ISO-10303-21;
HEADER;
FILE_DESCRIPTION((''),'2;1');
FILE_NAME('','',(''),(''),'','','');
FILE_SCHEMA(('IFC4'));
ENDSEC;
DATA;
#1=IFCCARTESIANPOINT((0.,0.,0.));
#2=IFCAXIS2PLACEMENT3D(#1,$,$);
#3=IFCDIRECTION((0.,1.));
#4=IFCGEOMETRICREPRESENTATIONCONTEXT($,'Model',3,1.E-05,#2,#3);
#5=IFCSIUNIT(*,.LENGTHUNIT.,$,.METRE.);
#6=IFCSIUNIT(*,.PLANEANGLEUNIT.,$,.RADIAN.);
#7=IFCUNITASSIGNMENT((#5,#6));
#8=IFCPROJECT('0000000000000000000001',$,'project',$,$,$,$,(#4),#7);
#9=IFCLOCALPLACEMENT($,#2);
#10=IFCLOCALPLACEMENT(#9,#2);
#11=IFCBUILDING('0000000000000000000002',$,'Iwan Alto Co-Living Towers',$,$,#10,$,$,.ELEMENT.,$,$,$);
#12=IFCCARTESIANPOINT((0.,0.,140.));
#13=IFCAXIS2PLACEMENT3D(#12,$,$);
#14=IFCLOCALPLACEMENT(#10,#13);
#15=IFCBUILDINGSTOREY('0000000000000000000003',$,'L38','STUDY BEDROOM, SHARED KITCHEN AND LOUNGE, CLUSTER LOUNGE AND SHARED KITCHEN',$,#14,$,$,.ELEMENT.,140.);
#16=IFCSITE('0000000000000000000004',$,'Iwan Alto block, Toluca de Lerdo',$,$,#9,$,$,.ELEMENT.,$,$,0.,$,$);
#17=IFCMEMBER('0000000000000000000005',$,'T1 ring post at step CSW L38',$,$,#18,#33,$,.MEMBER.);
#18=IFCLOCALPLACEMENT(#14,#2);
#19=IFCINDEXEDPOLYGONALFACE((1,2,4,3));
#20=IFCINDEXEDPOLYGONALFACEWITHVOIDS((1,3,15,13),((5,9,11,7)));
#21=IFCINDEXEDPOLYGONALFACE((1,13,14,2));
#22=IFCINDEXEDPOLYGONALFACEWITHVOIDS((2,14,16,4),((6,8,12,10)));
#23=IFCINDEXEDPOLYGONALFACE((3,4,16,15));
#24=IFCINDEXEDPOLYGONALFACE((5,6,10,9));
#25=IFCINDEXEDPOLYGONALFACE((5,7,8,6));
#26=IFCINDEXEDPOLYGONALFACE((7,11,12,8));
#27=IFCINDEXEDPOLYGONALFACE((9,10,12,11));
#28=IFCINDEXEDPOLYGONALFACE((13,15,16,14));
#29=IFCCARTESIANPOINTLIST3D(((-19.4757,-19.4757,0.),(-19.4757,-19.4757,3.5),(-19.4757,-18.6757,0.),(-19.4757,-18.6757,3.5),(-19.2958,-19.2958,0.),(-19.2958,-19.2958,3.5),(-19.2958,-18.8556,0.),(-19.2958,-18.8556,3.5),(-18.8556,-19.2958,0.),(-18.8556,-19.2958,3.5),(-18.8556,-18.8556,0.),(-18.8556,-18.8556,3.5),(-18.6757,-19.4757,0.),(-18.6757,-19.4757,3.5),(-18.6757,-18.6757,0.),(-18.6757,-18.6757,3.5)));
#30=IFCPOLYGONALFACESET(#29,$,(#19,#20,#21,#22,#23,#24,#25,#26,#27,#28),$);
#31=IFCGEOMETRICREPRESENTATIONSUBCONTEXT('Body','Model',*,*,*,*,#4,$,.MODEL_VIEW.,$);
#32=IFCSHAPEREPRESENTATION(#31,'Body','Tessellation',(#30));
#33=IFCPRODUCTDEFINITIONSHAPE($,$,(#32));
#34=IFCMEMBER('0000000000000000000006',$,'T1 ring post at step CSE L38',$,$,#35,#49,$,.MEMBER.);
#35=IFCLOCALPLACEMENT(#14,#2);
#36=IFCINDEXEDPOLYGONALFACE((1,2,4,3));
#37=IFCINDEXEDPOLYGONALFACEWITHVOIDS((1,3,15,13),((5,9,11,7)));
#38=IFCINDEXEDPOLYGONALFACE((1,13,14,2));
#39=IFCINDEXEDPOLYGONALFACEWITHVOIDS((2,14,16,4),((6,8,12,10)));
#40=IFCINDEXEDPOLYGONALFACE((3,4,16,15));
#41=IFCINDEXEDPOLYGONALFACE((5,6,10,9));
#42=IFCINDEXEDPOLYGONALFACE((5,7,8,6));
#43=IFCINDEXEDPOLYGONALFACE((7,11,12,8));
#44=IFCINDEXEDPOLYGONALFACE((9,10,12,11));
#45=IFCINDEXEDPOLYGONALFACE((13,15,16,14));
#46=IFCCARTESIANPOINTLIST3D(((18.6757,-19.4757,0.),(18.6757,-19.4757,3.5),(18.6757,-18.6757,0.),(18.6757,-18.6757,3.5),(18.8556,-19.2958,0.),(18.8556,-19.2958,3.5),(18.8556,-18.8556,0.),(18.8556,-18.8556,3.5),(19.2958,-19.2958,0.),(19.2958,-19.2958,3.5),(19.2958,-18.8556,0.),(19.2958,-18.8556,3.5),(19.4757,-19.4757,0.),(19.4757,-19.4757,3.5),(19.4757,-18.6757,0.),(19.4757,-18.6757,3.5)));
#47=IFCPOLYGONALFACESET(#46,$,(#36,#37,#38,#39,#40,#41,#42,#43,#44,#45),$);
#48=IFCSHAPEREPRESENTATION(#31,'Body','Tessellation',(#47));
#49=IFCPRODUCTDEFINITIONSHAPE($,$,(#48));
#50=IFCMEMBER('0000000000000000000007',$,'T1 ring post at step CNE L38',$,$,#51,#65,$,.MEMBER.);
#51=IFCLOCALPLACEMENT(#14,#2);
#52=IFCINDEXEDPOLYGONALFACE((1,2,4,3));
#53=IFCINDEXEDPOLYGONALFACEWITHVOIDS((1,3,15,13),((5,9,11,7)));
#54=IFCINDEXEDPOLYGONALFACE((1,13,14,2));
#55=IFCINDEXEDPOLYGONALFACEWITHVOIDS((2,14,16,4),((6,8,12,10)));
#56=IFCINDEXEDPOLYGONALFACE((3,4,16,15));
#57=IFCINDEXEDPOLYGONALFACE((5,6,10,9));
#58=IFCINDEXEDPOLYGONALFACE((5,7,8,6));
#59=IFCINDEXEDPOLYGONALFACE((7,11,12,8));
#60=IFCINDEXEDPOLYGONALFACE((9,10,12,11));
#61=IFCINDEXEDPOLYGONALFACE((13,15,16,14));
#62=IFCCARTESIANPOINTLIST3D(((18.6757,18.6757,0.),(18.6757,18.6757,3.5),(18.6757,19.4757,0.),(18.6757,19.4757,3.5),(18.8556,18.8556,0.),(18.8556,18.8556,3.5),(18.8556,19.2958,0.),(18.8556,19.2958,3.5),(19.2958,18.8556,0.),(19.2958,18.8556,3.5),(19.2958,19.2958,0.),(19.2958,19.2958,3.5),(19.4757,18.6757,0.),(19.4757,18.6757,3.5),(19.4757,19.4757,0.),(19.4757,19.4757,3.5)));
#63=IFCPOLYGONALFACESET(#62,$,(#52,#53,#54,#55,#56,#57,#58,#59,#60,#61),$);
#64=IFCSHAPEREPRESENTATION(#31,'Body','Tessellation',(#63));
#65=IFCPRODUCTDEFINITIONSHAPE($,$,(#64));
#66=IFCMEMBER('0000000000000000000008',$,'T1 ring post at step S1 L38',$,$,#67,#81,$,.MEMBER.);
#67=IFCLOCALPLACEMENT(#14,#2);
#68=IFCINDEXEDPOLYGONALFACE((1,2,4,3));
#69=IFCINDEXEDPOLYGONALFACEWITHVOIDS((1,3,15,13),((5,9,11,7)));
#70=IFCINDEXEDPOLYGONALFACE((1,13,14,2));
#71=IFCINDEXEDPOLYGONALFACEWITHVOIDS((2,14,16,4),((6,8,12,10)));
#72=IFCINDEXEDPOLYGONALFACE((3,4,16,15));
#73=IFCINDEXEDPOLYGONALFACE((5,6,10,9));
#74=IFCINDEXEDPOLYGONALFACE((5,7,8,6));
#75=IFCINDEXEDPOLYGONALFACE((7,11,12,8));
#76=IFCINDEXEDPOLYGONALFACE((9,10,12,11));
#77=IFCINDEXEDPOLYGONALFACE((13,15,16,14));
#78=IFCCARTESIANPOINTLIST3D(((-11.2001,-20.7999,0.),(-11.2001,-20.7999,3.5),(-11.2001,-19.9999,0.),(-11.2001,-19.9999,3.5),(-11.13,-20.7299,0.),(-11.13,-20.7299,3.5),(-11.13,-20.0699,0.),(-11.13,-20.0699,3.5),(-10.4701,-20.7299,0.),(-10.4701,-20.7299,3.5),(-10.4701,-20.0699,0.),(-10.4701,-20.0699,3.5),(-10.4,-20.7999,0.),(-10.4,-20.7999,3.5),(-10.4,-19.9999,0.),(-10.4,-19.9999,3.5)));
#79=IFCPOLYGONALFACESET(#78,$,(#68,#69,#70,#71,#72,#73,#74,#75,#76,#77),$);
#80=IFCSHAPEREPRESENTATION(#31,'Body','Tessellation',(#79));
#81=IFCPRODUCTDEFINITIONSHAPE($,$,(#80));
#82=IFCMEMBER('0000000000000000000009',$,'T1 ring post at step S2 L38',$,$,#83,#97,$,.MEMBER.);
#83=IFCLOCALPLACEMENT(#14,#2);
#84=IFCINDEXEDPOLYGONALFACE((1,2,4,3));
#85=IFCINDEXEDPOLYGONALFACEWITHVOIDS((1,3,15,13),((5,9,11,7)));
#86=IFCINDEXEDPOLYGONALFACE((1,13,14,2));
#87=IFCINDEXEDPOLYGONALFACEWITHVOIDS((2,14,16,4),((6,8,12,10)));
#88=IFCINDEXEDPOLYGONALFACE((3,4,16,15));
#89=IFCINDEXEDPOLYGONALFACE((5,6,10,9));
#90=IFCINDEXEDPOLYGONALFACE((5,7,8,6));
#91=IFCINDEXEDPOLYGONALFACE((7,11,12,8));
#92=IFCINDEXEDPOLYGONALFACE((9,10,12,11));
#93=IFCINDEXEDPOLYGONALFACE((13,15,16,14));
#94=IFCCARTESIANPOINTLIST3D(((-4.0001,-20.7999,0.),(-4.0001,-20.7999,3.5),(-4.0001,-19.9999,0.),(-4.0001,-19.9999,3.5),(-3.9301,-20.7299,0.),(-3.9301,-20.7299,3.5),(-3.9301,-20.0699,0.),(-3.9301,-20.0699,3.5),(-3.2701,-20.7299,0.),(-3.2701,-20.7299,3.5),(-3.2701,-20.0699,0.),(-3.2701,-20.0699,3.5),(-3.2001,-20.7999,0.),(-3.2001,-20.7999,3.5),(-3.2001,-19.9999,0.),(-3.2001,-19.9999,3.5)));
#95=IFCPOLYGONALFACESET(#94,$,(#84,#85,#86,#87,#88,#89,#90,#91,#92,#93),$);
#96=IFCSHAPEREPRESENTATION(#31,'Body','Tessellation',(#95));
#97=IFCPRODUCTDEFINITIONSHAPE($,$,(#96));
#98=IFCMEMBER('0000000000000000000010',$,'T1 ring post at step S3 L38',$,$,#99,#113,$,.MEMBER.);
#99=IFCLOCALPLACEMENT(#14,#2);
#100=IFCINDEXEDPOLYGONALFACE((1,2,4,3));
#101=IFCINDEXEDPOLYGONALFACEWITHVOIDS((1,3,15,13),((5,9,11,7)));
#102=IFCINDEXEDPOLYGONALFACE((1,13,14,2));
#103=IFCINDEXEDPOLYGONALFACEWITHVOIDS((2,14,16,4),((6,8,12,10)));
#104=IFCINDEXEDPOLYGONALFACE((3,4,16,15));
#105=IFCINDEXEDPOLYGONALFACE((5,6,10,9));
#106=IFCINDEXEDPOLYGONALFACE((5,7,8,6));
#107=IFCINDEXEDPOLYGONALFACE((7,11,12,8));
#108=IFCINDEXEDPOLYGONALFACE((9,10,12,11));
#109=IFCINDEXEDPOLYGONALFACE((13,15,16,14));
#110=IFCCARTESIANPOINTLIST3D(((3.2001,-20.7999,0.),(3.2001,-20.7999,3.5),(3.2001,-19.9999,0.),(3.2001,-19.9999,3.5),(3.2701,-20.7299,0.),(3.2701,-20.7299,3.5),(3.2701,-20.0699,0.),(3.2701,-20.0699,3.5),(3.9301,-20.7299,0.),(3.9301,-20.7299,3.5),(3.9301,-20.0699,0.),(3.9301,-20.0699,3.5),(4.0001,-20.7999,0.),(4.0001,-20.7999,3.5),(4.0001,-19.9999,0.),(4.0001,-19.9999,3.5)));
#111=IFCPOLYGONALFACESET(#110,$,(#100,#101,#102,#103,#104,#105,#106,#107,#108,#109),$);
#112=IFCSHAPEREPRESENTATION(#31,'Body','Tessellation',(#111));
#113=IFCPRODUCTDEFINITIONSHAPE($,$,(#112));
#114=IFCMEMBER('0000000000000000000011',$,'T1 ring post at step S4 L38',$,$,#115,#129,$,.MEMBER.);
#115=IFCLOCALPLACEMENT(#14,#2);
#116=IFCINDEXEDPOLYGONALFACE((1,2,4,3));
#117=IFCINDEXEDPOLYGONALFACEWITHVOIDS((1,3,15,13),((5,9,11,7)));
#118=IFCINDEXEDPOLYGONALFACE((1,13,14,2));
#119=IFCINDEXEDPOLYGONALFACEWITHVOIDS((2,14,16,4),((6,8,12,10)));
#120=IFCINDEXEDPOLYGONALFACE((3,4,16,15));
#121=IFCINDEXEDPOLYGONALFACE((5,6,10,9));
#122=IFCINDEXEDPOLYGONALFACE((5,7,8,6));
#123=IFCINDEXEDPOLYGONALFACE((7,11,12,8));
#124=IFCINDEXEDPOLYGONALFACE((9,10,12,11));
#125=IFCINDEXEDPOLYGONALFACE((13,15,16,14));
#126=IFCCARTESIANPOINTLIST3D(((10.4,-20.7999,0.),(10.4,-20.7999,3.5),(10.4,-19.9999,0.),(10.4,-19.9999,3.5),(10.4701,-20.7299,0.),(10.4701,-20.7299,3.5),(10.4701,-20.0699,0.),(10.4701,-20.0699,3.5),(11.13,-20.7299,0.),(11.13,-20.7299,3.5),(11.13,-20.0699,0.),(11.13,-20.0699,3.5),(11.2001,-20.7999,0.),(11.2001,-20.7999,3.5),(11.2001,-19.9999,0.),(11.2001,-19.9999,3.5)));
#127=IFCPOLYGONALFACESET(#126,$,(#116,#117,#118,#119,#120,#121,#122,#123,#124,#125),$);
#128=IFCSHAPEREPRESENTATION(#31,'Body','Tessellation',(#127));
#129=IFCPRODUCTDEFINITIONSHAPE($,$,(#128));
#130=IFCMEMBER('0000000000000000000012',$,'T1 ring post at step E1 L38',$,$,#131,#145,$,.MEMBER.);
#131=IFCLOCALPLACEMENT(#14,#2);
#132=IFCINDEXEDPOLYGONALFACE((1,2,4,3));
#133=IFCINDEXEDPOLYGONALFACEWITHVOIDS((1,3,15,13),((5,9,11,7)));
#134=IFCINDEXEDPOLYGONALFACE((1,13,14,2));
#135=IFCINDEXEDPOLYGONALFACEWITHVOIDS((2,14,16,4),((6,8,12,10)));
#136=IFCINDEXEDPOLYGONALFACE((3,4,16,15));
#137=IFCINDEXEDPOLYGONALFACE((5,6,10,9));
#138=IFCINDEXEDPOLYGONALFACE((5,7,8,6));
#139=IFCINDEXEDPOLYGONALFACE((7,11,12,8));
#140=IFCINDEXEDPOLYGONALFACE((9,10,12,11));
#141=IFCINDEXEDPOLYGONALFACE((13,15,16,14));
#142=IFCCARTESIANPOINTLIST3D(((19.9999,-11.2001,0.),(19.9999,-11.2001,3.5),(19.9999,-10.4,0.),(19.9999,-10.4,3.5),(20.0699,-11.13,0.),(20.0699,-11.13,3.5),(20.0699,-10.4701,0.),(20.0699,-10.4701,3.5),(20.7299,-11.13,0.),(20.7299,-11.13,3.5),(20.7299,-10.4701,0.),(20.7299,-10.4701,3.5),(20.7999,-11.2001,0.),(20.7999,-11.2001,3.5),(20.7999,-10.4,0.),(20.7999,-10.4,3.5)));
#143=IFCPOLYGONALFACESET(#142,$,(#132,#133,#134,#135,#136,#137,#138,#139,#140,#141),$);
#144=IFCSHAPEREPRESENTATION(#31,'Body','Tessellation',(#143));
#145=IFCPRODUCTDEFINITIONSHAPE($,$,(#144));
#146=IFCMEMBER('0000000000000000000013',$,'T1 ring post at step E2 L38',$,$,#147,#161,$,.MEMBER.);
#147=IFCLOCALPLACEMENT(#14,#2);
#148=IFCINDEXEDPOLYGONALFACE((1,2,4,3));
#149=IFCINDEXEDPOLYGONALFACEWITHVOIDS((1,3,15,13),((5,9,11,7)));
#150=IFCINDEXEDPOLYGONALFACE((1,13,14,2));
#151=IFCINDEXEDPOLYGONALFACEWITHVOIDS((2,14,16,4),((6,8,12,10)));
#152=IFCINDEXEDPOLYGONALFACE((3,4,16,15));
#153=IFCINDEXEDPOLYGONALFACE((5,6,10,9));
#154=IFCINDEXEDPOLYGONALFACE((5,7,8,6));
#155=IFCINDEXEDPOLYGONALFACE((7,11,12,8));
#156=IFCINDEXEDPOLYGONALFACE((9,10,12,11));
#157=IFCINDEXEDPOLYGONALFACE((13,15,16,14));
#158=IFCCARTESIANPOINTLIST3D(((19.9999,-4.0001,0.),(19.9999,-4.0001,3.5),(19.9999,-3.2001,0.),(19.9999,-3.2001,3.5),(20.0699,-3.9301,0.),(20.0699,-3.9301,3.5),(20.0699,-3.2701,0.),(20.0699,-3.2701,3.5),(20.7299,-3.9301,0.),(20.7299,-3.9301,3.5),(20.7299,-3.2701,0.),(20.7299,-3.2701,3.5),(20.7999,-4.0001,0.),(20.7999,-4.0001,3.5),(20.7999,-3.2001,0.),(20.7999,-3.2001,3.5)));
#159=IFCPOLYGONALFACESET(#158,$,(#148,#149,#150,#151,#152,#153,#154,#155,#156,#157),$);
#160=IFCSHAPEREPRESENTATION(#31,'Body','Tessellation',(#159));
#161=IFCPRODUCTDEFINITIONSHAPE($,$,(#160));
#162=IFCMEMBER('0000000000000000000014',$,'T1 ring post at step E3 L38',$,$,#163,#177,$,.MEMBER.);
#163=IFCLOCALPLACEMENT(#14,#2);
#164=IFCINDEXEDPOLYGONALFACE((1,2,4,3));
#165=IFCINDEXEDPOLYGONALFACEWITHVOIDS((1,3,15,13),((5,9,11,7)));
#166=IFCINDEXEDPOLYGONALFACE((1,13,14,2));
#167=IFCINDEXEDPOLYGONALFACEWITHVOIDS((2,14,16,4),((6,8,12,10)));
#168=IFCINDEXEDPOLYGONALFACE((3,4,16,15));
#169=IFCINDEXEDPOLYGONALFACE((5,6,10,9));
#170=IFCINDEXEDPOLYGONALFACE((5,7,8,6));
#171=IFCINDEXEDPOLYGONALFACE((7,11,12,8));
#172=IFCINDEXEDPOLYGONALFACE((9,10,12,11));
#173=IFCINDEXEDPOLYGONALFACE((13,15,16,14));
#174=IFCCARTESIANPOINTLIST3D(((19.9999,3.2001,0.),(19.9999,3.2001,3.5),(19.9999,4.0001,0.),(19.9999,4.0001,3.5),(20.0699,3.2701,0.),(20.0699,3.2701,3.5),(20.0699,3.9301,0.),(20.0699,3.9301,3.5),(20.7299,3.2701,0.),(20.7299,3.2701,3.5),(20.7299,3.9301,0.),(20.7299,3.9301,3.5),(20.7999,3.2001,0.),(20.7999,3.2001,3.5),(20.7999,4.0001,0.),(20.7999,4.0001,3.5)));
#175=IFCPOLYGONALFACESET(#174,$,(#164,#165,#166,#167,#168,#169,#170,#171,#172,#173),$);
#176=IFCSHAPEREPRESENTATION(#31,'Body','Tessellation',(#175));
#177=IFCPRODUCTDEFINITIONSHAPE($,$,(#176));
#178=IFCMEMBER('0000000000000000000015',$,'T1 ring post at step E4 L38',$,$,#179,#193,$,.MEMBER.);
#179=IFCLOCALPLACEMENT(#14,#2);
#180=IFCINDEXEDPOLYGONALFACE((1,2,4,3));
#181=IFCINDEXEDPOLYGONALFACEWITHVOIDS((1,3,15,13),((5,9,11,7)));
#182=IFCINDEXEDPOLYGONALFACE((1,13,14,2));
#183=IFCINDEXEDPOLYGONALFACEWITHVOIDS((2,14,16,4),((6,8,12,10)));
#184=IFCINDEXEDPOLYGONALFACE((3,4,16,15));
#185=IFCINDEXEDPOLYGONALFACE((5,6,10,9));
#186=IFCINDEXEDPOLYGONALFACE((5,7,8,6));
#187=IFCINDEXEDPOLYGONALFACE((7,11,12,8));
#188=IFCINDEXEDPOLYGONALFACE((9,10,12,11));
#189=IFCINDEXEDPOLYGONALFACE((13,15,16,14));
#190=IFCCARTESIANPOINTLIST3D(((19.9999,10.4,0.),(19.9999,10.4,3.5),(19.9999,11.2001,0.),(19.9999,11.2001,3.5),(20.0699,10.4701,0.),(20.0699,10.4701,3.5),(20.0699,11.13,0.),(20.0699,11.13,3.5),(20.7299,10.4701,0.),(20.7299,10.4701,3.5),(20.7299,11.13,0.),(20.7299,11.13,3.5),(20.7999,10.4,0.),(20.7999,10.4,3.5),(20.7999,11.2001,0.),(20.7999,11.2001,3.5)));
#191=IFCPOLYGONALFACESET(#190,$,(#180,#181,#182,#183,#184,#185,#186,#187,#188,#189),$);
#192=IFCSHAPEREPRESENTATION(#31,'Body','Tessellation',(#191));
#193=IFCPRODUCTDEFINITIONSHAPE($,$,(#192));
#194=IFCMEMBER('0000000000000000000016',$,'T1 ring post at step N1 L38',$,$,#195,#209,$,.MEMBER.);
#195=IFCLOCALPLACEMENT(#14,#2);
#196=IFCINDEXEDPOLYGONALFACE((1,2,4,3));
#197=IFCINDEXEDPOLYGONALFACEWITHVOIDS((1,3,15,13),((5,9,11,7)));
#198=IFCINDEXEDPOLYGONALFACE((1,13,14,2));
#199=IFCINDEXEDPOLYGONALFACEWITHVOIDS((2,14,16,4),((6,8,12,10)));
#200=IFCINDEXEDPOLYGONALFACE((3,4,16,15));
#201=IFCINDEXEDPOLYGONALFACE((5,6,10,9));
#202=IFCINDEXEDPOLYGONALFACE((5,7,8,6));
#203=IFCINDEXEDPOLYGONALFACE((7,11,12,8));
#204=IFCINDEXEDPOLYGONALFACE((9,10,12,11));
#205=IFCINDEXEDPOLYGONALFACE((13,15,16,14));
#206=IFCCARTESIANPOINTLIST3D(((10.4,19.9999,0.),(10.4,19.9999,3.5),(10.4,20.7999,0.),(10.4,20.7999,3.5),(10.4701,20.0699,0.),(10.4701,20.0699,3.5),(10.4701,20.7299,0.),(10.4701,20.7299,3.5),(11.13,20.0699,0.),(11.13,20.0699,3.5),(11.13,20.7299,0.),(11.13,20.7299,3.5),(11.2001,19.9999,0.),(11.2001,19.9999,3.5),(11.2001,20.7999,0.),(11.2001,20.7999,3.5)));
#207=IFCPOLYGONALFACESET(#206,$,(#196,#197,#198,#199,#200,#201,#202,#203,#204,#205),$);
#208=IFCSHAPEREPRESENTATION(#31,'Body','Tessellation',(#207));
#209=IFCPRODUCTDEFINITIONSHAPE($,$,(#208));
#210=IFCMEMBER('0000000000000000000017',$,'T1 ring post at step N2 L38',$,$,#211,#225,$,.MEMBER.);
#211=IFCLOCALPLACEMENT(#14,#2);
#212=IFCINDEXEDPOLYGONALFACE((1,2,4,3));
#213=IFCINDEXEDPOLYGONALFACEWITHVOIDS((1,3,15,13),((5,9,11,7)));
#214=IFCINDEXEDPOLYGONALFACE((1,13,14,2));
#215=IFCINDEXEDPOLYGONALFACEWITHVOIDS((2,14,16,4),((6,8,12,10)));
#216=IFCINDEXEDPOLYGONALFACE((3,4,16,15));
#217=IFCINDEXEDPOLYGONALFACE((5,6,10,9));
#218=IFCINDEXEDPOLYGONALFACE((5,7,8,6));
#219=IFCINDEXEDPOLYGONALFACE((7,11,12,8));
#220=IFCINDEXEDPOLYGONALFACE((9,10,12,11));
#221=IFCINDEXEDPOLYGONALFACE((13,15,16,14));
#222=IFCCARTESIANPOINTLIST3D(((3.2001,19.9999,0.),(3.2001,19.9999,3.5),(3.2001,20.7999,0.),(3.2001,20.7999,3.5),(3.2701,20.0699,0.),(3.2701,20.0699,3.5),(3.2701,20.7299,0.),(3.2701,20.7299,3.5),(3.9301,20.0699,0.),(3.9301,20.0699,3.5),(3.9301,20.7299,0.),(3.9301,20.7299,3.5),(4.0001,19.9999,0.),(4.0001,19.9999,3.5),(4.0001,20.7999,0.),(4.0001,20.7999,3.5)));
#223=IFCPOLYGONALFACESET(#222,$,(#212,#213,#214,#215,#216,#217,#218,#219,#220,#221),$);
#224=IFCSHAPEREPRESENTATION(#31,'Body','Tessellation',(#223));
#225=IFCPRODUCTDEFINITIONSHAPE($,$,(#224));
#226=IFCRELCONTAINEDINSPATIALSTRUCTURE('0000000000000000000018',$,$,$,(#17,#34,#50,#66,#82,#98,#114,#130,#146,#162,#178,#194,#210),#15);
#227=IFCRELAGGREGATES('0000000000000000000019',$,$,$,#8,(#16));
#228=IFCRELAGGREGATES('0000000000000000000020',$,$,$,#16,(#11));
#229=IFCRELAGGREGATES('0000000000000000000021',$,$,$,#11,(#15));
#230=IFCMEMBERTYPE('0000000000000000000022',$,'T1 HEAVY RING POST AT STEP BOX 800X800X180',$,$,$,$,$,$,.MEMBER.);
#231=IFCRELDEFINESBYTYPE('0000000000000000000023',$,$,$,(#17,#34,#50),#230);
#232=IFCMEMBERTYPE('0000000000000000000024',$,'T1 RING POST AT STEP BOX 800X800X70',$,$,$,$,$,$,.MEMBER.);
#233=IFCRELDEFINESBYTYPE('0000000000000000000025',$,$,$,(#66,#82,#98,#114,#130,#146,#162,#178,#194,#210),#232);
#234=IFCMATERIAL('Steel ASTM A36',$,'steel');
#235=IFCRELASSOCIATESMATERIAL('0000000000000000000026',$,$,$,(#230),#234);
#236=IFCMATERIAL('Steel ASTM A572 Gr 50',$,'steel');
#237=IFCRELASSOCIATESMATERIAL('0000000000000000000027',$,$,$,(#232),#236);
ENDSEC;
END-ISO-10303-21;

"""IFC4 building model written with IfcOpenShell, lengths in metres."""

from ifc_helpers import new_model, si_unit, direction, frame, origin, origin_2d, place, context, subcontext, project, spatial, hollow_rectangle, extrude, material, material_profile, profile_set, type_object, element, save


model = new_model("IFC4")

# Units and contexts
model_context = context("Model", 3, precision=1e-05, world=origin(), true_north=direction((0.0, 1.0)))
body_context = subcontext(model_context, "Body", "Model", "MODEL_VIEW")
ifc_project = project(units=[si_unit("LENGTHUNIT", "METRE"), si_unit("PLANEANGLEUNIT", "RADIAN")], contexts=[model_context])

# Site, building, storey
site_placement = place(None, origin())
site = spatial("IfcSite", under=ifc_project, at=site_placement, Name="Iwan Alto block, Toluca de Lerdo", CompositionType="ELEMENT", RefElevation=0.0)
building_placement = place(site_placement, origin())
building = spatial("IfcBuilding", under=site, at=building_placement, Name="Iwan Alto Co-Living Towers", CompositionType="ELEMENT")
storey_placement = place(building_placement, frame((0.0, 0.0, 140.0)))
storey = spatial("IfcBuildingStorey", under=building, at=storey_placement, Name="L38", Description="STUDY BEDROOM, SHARED KITCHEN AND LOUNGE, CLUSTER LOUNGE AND SHARED KITCHEN", CompositionType="ELEMENT", Elevation=140.0)

# Members
ifc_material_1 = material(Name="Steel ASTM A36", Category="steel")
ifc_material_profile_1 = material_profile(ifc_material_1, hollow_rectangle(XDim=0.8, YDim=0.8, WallThickness=0.1799, at=origin_2d()), Name="BOX 800X800X180")
ifc_profile_set_1 = profile_set([ifc_material_profile_1], Name="Steel ASTM A36")
member_type_1 = type_object("IfcMemberType", Name="T1 HEAVY RING POST AT STEP BOX 800X800X180", PredefinedType="MEMBER", material=ifc_profile_set_1)
for number, where, z_axis, x_axis, name in (
    (1, (-19.0757, -19.0757, 0.0), (0.0, 0.0, 1.0), (1.0, 0.0, 0.0), "T1 ring post at step CSW L38"),
    (2, (19.0757, -19.0757, 0.0), (0.0, 0.0, 1.0), (1.0, 0.0, 0.0), "T1 ring post at step CSE L38"),
    (3, (19.0757, 19.0757, 0.0), (0.0, 0.0, 1.0), (1.0, 0.0, 0.0), "T1 ring post at step CNE L38"),
):
    element("IfcMember", number, at=place(storey_placement, frame(where, z_axis=z_axis, x_axis=x_axis)), inside=storey, type_object=member_type_1, Name=name, PredefinedType="MEMBER", context=body_context, shape_type="SweptSolid", body=[
        extrude(hollow_rectangle(XDim=0.8, YDim=0.8, WallThickness=0.1799, at=origin_2d()), origin(), (0.0, 0.0, 1.0), 3.5),
    ])
ifc_material_2 = material(Name="Steel ASTM A572 Gr 50", Category="steel")
ifc_material_profile_2 = material_profile(ifc_material_2, hollow_rectangle(XDim=0.8, YDim=0.8, WallThickness=0.0701, at=origin_2d()), Name="BOX 800X800X70")
ifc_profile_set_2 = profile_set([ifc_material_profile_2], Name="Steel ASTM A572 Gr 50")
member_type_2 = type_object("IfcMemberType", Name="T1 RING POST AT STEP BOX 800X800X70", PredefinedType="MEMBER", material=ifc_profile_set_2)
for number, where, z_axis, x_axis, name in (
    (4, (-10.8, -20.3999, 0.0), (0.0, 0.0, 1.0), (1.0, 0.0, 0.0), "T1 ring post at step S1 L38"),
    (5, (-3.6001, -20.3999, 0.0), (0.0, 0.0, 1.0), (1.0, 0.0, 0.0), "T1 ring post at step S2 L38"),
    (6, (3.6001, -20.3999, 0.0), (0.0, 0.0, 1.0), (1.0, 0.0, 0.0), "T1 ring post at step S3 L38"),
    (7, (10.8, -20.3999, 0.0), (0.0, 0.0, 1.0), (1.0, 0.0, 0.0), "T1 ring post at step S4 L38"),
    (8, (20.3999, -10.8, 0.0), (0.0, 0.0, 1.0), (1.0, 0.0, 0.0), "T1 ring post at step E1 L38"),
    (9, (20.3999, -3.6001, 0.0), (0.0, 0.0, 1.0), (1.0, 0.0, 0.0), "T1 ring post at step E2 L38"),
    (10, (20.3999, 3.6001, 0.0), (0.0, 0.0, 1.0), (1.0, 0.0, 0.0), "T1 ring post at step E3 L38"),
    (11, (20.3999, 10.8, 0.0), (0.0, 0.0, 1.0), (1.0, 0.0, 0.0), "T1 ring post at step E4 L38"),
    (12, (10.8, 20.3999, 0.0), (0.0, 0.0, 1.0), (1.0, 0.0, 0.0), "T1 ring post at step N1 L38"),
    (13, (3.6001, 20.3999, 0.0), (0.0, 0.0, 1.0), (1.0, 0.0, 0.0), "T1 ring post at step N2 L38"),
):
    element("IfcMember", number, at=place(storey_placement, frame(where, z_axis=z_axis, x_axis=x_axis)), inside=storey, type_object=member_type_2, Name=name, PredefinedType="MEMBER", context=body_context, shape_type="SweptSolid", body=[
        extrude(hollow_rectangle(XDim=0.8, YDim=0.8, WallThickness=0.0701, at=origin_2d()), origin(), (0.0, 0.0, 1.0), 3.5),
    ])

save(model, "model.ifc")
